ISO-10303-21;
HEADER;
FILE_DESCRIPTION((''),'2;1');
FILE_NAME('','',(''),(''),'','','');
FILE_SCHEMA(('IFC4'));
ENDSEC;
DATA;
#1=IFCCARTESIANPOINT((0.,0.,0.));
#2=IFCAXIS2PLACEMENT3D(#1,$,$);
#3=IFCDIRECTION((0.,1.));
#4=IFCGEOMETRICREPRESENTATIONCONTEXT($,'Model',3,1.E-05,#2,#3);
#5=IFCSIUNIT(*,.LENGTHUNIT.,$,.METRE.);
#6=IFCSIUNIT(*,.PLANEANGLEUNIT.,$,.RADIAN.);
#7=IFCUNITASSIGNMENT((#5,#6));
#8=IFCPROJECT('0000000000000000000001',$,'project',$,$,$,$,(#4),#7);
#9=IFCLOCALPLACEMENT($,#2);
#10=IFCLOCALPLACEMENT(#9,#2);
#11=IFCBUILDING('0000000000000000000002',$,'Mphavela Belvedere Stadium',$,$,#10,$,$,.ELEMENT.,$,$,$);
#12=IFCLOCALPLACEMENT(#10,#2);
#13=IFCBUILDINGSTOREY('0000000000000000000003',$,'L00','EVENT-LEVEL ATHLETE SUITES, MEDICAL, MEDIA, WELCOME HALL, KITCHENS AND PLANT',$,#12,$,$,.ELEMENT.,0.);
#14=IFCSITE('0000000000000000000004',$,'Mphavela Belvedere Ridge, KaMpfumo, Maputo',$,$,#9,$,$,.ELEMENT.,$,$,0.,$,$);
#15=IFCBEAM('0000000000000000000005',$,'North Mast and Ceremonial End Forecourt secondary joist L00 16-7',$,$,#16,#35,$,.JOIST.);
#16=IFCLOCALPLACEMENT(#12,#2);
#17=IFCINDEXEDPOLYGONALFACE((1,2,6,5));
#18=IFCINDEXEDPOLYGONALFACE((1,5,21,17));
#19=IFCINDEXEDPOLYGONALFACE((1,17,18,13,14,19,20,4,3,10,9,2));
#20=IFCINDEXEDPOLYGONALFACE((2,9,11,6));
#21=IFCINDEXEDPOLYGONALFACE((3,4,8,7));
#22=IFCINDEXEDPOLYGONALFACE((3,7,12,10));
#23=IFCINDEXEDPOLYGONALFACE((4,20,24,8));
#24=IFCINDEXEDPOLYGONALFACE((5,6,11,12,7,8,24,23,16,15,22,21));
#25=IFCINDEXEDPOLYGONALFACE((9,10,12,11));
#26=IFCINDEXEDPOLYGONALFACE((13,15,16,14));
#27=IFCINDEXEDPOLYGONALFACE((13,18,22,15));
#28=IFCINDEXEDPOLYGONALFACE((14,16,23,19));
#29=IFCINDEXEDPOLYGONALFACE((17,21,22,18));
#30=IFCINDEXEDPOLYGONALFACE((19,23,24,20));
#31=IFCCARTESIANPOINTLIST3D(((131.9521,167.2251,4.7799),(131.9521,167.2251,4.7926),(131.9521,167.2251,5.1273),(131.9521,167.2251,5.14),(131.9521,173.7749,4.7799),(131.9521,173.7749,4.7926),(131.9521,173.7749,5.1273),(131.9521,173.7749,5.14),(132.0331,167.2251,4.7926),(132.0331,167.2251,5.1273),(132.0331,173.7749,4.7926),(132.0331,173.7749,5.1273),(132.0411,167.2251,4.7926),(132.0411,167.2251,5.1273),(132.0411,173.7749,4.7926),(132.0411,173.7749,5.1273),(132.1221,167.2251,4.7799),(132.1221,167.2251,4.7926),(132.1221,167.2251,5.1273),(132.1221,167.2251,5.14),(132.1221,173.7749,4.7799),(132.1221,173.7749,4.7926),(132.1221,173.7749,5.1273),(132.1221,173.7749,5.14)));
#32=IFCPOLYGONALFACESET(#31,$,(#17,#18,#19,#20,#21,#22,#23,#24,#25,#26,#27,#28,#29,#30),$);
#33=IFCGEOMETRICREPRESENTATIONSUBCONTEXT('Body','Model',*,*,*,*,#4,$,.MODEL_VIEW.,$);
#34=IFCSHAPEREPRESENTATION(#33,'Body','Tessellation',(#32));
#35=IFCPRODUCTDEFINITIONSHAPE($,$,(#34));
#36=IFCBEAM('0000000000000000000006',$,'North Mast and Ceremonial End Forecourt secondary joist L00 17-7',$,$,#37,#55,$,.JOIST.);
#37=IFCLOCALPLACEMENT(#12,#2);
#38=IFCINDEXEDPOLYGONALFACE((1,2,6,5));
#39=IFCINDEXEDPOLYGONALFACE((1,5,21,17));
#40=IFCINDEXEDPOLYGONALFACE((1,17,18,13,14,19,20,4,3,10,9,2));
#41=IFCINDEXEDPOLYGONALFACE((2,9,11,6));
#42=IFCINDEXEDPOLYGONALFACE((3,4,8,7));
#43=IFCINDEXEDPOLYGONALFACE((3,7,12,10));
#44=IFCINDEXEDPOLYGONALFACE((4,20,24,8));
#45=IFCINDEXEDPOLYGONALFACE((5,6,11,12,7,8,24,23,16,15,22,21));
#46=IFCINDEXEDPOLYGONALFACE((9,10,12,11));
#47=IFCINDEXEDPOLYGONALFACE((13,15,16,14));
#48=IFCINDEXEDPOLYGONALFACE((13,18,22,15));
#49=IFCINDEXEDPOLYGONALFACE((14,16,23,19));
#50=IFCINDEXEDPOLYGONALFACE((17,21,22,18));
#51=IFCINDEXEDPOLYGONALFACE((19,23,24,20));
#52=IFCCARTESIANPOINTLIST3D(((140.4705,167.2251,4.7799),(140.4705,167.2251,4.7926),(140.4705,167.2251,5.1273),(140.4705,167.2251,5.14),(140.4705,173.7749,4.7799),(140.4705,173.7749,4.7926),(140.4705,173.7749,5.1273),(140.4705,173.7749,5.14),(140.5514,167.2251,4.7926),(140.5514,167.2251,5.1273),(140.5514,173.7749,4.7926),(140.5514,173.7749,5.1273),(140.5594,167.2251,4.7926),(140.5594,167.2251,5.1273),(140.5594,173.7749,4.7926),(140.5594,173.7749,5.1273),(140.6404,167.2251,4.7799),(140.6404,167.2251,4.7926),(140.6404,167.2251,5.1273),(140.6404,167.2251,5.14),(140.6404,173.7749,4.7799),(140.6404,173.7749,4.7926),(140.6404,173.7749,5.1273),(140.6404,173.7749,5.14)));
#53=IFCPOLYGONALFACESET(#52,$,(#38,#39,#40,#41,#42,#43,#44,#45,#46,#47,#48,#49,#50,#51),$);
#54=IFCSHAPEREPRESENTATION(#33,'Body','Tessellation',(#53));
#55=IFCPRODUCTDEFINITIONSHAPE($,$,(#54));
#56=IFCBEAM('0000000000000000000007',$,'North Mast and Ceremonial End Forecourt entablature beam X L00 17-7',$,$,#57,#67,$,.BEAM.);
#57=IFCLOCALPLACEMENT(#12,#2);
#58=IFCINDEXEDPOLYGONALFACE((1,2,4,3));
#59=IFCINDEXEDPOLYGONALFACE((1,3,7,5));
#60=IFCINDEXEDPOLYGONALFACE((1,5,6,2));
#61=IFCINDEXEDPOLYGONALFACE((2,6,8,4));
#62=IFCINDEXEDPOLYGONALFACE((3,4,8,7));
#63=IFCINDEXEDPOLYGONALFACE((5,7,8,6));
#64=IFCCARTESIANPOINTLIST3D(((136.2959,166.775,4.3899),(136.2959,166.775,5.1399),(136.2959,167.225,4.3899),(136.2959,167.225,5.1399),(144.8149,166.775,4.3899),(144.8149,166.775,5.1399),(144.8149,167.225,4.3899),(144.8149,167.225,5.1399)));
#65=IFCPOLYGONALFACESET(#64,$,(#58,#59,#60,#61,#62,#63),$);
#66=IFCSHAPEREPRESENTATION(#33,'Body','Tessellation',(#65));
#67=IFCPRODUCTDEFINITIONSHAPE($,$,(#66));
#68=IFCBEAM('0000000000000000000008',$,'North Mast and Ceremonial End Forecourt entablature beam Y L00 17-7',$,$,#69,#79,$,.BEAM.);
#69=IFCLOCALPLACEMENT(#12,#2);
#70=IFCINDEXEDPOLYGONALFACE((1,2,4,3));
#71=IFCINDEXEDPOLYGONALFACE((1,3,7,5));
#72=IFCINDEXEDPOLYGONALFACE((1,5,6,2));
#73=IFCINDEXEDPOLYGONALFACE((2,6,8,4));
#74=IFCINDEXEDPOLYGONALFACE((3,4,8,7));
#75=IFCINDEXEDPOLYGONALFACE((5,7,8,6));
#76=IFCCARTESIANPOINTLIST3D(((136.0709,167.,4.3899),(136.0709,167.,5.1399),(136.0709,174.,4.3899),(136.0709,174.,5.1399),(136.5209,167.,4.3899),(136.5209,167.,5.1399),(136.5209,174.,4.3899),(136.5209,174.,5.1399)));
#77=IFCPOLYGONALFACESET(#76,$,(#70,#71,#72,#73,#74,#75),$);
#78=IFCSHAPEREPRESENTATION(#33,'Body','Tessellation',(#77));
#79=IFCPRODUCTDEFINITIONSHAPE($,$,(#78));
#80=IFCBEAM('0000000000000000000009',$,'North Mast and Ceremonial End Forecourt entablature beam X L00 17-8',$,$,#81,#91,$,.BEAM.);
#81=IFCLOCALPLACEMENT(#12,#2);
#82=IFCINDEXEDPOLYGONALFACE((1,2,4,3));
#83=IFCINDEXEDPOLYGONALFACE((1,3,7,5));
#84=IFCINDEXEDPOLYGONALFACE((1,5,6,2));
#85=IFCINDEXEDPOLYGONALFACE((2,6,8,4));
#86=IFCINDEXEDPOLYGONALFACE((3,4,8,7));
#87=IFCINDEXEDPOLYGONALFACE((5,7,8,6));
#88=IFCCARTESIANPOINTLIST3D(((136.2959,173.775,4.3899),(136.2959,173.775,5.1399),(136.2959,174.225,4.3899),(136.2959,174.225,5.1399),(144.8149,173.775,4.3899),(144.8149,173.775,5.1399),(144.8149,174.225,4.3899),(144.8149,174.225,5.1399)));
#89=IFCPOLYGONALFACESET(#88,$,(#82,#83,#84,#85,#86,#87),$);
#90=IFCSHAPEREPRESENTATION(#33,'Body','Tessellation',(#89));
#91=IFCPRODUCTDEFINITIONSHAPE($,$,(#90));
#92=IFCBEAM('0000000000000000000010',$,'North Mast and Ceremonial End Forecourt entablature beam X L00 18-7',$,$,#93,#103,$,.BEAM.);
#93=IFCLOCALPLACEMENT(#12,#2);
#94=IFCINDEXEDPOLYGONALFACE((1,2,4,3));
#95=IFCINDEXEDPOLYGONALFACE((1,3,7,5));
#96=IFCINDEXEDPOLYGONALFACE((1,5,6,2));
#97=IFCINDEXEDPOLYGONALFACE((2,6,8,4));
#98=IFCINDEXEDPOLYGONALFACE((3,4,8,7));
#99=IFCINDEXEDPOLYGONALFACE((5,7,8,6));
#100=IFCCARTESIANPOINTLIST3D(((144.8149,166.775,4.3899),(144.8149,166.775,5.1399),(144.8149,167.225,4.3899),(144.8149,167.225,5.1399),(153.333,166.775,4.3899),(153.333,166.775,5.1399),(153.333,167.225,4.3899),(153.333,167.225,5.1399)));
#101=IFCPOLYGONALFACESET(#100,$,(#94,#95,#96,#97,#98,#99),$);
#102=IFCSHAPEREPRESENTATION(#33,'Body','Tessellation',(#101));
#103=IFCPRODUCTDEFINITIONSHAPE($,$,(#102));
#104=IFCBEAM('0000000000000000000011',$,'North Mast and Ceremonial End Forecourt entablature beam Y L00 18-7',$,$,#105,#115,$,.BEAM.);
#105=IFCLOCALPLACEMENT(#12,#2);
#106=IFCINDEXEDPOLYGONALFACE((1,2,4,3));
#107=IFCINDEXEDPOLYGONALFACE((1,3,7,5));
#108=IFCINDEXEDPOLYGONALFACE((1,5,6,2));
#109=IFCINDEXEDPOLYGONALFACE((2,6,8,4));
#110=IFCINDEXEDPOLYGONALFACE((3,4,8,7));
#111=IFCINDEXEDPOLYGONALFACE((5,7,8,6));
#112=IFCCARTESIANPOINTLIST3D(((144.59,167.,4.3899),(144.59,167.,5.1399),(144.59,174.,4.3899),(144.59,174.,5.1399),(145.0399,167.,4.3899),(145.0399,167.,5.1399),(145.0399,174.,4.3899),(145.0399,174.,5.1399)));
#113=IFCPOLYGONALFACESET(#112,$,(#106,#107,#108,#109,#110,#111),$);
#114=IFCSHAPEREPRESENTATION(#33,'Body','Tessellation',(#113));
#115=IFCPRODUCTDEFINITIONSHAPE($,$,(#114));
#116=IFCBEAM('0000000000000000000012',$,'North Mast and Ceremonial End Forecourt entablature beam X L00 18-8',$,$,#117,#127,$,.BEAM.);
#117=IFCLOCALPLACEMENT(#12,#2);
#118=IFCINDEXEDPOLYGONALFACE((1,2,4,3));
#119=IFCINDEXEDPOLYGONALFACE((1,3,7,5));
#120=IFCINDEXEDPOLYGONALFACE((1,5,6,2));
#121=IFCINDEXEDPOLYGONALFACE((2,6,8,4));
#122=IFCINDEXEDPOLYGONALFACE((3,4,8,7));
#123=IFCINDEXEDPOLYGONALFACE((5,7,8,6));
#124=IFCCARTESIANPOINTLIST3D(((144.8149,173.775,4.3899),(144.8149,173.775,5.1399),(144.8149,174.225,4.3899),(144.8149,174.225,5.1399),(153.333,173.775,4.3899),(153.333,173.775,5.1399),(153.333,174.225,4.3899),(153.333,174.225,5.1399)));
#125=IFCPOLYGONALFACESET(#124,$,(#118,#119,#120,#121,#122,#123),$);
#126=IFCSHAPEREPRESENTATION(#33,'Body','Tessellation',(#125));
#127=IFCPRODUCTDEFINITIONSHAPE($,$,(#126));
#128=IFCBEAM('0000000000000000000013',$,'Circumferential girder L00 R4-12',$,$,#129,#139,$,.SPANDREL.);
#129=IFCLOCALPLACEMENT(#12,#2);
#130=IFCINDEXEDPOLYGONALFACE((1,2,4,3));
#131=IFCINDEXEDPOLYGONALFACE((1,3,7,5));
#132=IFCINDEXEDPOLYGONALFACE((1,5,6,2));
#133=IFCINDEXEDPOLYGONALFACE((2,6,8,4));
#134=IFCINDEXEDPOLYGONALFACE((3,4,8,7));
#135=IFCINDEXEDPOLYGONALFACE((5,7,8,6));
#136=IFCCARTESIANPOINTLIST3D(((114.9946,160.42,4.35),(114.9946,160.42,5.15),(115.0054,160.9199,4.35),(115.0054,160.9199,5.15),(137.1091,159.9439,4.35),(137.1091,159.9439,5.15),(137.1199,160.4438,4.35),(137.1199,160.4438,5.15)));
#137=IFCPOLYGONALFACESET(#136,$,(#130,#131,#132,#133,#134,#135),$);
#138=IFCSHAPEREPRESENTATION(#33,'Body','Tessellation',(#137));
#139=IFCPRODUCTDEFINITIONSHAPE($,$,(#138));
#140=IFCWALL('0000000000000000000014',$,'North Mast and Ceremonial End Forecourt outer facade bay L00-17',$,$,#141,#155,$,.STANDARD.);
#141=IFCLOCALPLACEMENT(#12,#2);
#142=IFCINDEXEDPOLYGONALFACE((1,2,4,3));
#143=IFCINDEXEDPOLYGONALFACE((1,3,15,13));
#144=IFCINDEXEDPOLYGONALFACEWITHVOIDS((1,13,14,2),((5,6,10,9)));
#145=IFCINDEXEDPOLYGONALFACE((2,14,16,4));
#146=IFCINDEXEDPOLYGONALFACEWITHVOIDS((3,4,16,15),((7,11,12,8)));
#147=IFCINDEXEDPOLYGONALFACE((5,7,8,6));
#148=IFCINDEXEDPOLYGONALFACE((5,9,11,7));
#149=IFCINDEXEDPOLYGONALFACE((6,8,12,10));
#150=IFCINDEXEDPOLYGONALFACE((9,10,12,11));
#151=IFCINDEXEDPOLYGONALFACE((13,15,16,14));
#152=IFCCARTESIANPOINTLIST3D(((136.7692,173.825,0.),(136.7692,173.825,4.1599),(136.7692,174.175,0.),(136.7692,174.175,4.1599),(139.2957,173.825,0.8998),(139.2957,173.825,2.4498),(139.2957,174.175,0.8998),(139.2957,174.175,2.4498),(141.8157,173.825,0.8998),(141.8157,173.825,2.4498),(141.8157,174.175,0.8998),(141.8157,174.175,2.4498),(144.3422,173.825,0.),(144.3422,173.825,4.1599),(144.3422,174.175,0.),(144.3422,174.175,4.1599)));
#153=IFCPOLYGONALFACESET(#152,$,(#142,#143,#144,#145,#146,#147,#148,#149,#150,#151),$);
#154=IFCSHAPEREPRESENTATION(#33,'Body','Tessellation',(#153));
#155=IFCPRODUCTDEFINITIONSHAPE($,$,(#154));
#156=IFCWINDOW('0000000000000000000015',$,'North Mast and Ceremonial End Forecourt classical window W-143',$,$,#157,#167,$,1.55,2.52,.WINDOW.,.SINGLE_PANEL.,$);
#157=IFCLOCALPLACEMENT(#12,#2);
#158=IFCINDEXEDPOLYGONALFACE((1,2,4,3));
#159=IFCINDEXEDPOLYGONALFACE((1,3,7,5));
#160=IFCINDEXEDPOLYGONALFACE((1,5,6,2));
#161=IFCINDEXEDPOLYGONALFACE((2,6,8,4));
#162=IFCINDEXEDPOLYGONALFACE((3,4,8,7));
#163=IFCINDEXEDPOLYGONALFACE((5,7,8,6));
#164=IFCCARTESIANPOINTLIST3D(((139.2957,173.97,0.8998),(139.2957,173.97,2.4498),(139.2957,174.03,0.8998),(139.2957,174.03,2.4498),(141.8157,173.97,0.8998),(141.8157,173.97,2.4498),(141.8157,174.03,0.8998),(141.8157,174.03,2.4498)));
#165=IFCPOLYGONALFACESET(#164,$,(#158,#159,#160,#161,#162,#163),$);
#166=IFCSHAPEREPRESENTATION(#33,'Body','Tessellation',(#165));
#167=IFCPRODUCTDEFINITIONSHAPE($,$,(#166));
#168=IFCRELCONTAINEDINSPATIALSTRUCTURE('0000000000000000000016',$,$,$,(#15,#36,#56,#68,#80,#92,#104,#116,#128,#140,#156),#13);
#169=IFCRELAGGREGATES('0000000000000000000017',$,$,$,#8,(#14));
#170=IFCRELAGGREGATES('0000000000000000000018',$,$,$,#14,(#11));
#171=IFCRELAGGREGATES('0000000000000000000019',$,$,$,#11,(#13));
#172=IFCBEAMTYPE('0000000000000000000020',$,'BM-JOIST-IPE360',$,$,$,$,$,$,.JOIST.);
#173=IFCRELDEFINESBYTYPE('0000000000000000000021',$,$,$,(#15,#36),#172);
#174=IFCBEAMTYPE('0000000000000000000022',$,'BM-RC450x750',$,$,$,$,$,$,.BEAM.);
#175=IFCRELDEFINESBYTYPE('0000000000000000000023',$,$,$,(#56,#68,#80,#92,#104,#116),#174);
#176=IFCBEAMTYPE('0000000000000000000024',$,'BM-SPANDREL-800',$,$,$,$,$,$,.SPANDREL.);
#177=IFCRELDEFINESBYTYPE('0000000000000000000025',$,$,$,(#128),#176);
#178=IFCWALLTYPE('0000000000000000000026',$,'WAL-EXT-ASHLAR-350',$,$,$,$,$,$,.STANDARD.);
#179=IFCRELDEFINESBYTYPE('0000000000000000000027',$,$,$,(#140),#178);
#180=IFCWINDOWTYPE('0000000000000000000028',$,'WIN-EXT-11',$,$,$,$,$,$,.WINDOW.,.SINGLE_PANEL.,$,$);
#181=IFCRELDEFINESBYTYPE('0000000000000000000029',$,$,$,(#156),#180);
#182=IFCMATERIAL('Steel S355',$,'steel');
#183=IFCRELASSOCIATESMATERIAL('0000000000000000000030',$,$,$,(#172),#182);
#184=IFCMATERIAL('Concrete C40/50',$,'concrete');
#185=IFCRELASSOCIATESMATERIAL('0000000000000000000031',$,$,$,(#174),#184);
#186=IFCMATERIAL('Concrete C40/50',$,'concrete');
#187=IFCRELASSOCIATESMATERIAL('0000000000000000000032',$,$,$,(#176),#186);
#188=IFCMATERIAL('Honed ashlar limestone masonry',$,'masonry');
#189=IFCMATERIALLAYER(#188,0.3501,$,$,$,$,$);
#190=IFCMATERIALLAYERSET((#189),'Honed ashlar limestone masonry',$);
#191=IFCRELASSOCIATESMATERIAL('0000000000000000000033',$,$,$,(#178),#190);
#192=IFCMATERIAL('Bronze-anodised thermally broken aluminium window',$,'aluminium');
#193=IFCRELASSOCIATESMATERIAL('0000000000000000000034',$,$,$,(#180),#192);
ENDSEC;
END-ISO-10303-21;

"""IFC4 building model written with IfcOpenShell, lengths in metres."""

from ifc_helpers import new_model, si_unit, direction, frame, frame_2d, origin, origin_2d, place, context, subcontext, project, spatial, rectangle, i_section, extrude, material, layer, layer_set, material_profile, profile_set, type_object, element, fill, save


model = new_model("IFC4")

# Units and contexts
model_context = context("Model", 3, precision=1e-05, world=origin(), true_north=direction((0.0, 1.0)))
body_context = subcontext(model_context, "Body", "Model", "MODEL_VIEW")
ifc_project = project(units=[si_unit("LENGTHUNIT", "METRE"), si_unit("PLANEANGLEUNIT", "RADIAN")], contexts=[model_context])

# Site, building, storey
site_placement = place(None, origin())
site = spatial("IfcSite", under=ifc_project, at=site_placement, Name="Mphavela Belvedere Ridge, KaMpfumo, Maputo", CompositionType="ELEMENT", RefElevation=0.0)
building_placement = place(site_placement, origin())
building = spatial("IfcBuilding", under=site, at=building_placement, Name="Mphavela Belvedere Stadium", CompositionType="ELEMENT")
storey_placement = place(building_placement, origin())
storey = spatial("IfcBuildingStorey", under=building, at=storey_placement, Name="L00", Description="EVENT-LEVEL ATHLETE SUITES, MEDICAL, MEDIA, WELCOME HALL, KITCHENS AND PLANT", CompositionType="ELEMENT", Elevation=0.0)

# Beams
ifc_material_1 = material(Name="Steel S355", Category="steel")
ifc_material_profile_1 = material_profile(ifc_material_1, i_section(OverallWidth=0.1699, OverallDepth=0.3601, WebThickness=0.0081, FlangeThickness=0.0127, at=origin_2d()), Name="IPE 360")
ifc_profile_set_1 = profile_set([ifc_material_profile_1], Name="Steel S355")
beam_type_1 = type_object("IfcBeamType", Name="BM-JOIST-IPE360", PredefinedType="JOIST", material=ifc_profile_set_1)
for number, where, z_axis, x_axis, name in (
    (1, (132.0371, 167.2251, 4.96), (0.0, 1.0, 0.0), (-1.0, 0.0, 0.0), "North Mast and Ceremonial End Forecourt secondary joist L00 16-7"),
    (2, (140.5554, 167.2251, 4.96), (0.0, 1.0, 0.0), (-1.0, 0.0, 0.0), "North Mast and Ceremonial End Forecourt secondary joist L00 17-7"),
):
    element("IfcBeam", number, at=place(storey_placement, frame(where, z_axis=z_axis, x_axis=x_axis)), inside=storey, type_object=beam_type_1, Name=name, PredefinedType="JOIST", context=body_context, shape_type="SweptSolid", body=[
        extrude(i_section(OverallWidth=0.1699, OverallDepth=0.3601, WebThickness=0.0081, FlangeThickness=0.0127, at=origin_2d()), origin(), (0.0, 0.0, 1.0), 6.5498),
    ])
ifc_material_2 = material(Name="Concrete C40/50", Category="concrete")
ifc_material_profile_2 = material_profile(ifc_material_2, rectangle(XDim=0.45, YDim=0.75, at=origin_2d()), Name="RC 450x750")
ifc_profile_set_2 = profile_set([ifc_material_profile_2], Name="Concrete C40/50")
beam_type_2 = type_object("IfcBeamType", Name="BM-RC450x750", PredefinedType="BEAM", material=ifc_profile_set_2)
beam_1_placement = place(storey_placement, frame((136.2959, 167.0, 4.7649), z_axis=(1.0, 0.0, 0.0), x_axis=(0.0, 1.0, 0.0)))
element("IfcBeam", 3, at=beam_1_placement, inside=storey, type_object=beam_type_2, Name="North Mast and Ceremonial End Forecourt entablature beam X L00 17-7", PredefinedType="BEAM", context=body_context, shape_type="SweptSolid", body=[
    extrude(rectangle(XDim=0.45, YDim=0.75, at=origin_2d()), origin(), (0.0, 0.0, 1.0), 8.519),
])
beam_2_placement = place(storey_placement, frame((136.2959, 167.0, 4.7649), z_axis=(0.0, 1.0, 0.0), x_axis=(-1.0, 0.0, 0.0)))
element("IfcBeam", 4, at=beam_2_placement, inside=storey, type_object=beam_type_2, Name="North Mast and Ceremonial End Forecourt entablature beam Y L00 17-7", PredefinedType="BEAM", context=body_context, shape_type="SweptSolid", body=[
    extrude(rectangle(XDim=0.45, YDim=0.75, at=origin_2d()), origin(), (0.0, 0.0, 1.0), 7.0),
])
beam_3_placement = place(storey_placement, frame((136.2959, 174.0, 4.7649), z_axis=(1.0, 0.0, 0.0), x_axis=(0.0, 1.0, 0.0)))
element("IfcBeam", 5, at=beam_3_placement, inside=storey, type_object=beam_type_2, Name="North Mast and Ceremonial End Forecourt entablature beam X L00 17-8", PredefinedType="BEAM", context=body_context, shape_type="SweptSolid", body=[
    extrude(rectangle(XDim=0.45, YDim=0.75, at=origin_2d()), origin(), (0.0, 0.0, 1.0), 8.519),
])
beam_4_placement = place(storey_placement, frame((144.8149, 167.0, 4.7649), z_axis=(1.0, 0.0, 0.0), x_axis=(0.0, 1.0, 0.0)))
element("IfcBeam", 6, at=beam_4_placement, inside=storey, type_object=beam_type_2, Name="North Mast and Ceremonial End Forecourt entablature beam X L00 18-7", PredefinedType="BEAM", context=body_context, shape_type="SweptSolid", body=[
    extrude(rectangle(XDim=0.45, YDim=0.75, at=origin_2d()), origin(), (0.0, 0.0, 1.0), 8.5181),
])
beam_5_placement = place(storey_placement, frame((144.8149, 167.0, 4.7649), z_axis=(0.0, 1.0, 0.0), x_axis=(-1.0, 0.0, 0.0)))
element("IfcBeam", 7, at=beam_5_placement, inside=storey, type_object=beam_type_2, Name="North Mast and Ceremonial End Forecourt entablature beam Y L00 18-7", PredefinedType="BEAM", context=body_context, shape_type="SweptSolid", body=[
    extrude(rectangle(XDim=0.45, YDim=0.75, at=origin_2d()), origin(), (0.0, 0.0, 1.0), 7.0),
])
beam_6_placement = place(storey_placement, frame((144.8149, 174.0, 4.7649), z_axis=(1.0, 0.0, 0.0), x_axis=(0.0, 1.0, 0.0)))
element("IfcBeam", 8, at=beam_6_placement, inside=storey, type_object=beam_type_2, Name="North Mast and Ceremonial End Forecourt entablature beam X L00 18-8", PredefinedType="BEAM", context=body_context, shape_type="SweptSolid", body=[
    extrude(rectangle(XDim=0.45, YDim=0.75, at=origin_2d()), origin(), (0.0, 0.0, 1.0), 8.5181),
])
ifc_material_3 = material(Name="Concrete C40/50", Category="concrete")
ifc_material_profile_3 = material_profile(ifc_material_3, rectangle(XDim=0.5, YDim=0.8, at=origin_2d()), Name="RC 500x800")
ifc_profile_set_3 = profile_set([ifc_material_profile_3], Name="Concrete C40/50")
beam_type_3 = type_object("IfcBeamType", Name="BM-SPANDREL-800", PredefinedType="SPANDREL", material=ifc_profile_set_3)
beam_7_placement = place(storey_placement, frame((137.1145, 160.1938, 4.75), z_axis=(-0.999768, 0.021523, 0.0), x_axis=(-0.021523, -0.999768, 0.0)))
element("IfcBeam", 9, at=beam_7_placement, inside=storey, type_object=beam_type_3, Name="Circumferential girder L00 R4-12", PredefinedType="SPANDREL", context=body_context, shape_type="SweptSolid", body=[
    extrude(rectangle(XDim=0.5, YDim=0.8, at=origin_2d()), origin(), (0.0, 0.0, 1.0), 22.1196),
])

# Wall, opening, window
ifc_material_4 = material(Name="Honed ashlar limestone masonry", Category="masonry")
ifc_layer_1 = layer(ifc_material_4, 0.3501)
ifc_layer_set_1 = layer_set([ifc_layer_1], Name="Honed ashlar limestone masonry")
wall_type_1 = type_object("IfcWallType", Name="WAL-EXT-ASHLAR-350", PredefinedType="STANDARD", material=ifc_layer_set_1)
wall_1_placement = place(storey_placement, frame((136.769, 174.0, 0.0), z_axis=(0.0, 0.0, 1.0), x_axis=(1.0, 0.0, 0.0)))
wall_1 = element("IfcWall", 10, at=wall_1_placement, inside=storey, type_object=wall_type_1, Name="North Mast and Ceremonial End Forecourt outer facade bay L00-17", PredefinedType="STANDARD", context=body_context, shape_type="SweptSolid", body=[
    extrude(rectangle(XDim=7.573, YDim=0.3501, at=frame_2d((3.7866, 0.0))), origin(), (0.0, 0.0, 1.0), 4.1599),
])
opening_1_placement = place(wall_1_placement, frame((2.5266, 0.0, 0.8999)))
opening_1 = element("IfcOpeningElement", 11, at=opening_1_placement, cuts=wall_1, PredefinedType="OPENING", context=body_context, shape_type="SweptSolid", body=[
    extrude(rectangle(XDim=2.52, YDim=1.55, at=frame_2d((1.26, 0.7749))), frame((0.0, 0.1851, 0.0), z_axis=(0.0, -1.0, 0.0), x_axis=(1.0, 0.0, 0.0)), (0.0, 0.0, 1.0), 0.3701),
])
ifc_material_5 = material(Name="Bronze-anodised thermally broken aluminium window", Category="aluminium")
window_type_1 = type_object("IfcWindowType", Name="WIN-EXT-11", PartitioningType="SINGLE_PANEL", PredefinedType="WINDOW", material=ifc_material_5)
window_1_placement = place(opening_1_placement, origin())
window_1 = element("IfcWindow", 12, at=window_1_placement, inside=storey, type_object=window_type_1, Name="North Mast and Ceremonial End Forecourt classical window W-143", OverallHeight=1.55, OverallWidth=2.52, PartitioningType="SINGLE_PANEL", PredefinedType="WINDOW", context=body_context, shape_type="SweptSolid", body=[
    extrude(rectangle(XDim=2.52, YDim=1.55, at=frame_2d((1.26, 0.7749))), frame((0.0, 0.03, 0.0), z_axis=(0.0, -1.0, 0.0), x_axis=(1.0, 0.0, 0.0)), (0.0, 0.0, 1.0), 0.0601),
])
fill(opening_1, window_1)

save(model, "model.ifc")
